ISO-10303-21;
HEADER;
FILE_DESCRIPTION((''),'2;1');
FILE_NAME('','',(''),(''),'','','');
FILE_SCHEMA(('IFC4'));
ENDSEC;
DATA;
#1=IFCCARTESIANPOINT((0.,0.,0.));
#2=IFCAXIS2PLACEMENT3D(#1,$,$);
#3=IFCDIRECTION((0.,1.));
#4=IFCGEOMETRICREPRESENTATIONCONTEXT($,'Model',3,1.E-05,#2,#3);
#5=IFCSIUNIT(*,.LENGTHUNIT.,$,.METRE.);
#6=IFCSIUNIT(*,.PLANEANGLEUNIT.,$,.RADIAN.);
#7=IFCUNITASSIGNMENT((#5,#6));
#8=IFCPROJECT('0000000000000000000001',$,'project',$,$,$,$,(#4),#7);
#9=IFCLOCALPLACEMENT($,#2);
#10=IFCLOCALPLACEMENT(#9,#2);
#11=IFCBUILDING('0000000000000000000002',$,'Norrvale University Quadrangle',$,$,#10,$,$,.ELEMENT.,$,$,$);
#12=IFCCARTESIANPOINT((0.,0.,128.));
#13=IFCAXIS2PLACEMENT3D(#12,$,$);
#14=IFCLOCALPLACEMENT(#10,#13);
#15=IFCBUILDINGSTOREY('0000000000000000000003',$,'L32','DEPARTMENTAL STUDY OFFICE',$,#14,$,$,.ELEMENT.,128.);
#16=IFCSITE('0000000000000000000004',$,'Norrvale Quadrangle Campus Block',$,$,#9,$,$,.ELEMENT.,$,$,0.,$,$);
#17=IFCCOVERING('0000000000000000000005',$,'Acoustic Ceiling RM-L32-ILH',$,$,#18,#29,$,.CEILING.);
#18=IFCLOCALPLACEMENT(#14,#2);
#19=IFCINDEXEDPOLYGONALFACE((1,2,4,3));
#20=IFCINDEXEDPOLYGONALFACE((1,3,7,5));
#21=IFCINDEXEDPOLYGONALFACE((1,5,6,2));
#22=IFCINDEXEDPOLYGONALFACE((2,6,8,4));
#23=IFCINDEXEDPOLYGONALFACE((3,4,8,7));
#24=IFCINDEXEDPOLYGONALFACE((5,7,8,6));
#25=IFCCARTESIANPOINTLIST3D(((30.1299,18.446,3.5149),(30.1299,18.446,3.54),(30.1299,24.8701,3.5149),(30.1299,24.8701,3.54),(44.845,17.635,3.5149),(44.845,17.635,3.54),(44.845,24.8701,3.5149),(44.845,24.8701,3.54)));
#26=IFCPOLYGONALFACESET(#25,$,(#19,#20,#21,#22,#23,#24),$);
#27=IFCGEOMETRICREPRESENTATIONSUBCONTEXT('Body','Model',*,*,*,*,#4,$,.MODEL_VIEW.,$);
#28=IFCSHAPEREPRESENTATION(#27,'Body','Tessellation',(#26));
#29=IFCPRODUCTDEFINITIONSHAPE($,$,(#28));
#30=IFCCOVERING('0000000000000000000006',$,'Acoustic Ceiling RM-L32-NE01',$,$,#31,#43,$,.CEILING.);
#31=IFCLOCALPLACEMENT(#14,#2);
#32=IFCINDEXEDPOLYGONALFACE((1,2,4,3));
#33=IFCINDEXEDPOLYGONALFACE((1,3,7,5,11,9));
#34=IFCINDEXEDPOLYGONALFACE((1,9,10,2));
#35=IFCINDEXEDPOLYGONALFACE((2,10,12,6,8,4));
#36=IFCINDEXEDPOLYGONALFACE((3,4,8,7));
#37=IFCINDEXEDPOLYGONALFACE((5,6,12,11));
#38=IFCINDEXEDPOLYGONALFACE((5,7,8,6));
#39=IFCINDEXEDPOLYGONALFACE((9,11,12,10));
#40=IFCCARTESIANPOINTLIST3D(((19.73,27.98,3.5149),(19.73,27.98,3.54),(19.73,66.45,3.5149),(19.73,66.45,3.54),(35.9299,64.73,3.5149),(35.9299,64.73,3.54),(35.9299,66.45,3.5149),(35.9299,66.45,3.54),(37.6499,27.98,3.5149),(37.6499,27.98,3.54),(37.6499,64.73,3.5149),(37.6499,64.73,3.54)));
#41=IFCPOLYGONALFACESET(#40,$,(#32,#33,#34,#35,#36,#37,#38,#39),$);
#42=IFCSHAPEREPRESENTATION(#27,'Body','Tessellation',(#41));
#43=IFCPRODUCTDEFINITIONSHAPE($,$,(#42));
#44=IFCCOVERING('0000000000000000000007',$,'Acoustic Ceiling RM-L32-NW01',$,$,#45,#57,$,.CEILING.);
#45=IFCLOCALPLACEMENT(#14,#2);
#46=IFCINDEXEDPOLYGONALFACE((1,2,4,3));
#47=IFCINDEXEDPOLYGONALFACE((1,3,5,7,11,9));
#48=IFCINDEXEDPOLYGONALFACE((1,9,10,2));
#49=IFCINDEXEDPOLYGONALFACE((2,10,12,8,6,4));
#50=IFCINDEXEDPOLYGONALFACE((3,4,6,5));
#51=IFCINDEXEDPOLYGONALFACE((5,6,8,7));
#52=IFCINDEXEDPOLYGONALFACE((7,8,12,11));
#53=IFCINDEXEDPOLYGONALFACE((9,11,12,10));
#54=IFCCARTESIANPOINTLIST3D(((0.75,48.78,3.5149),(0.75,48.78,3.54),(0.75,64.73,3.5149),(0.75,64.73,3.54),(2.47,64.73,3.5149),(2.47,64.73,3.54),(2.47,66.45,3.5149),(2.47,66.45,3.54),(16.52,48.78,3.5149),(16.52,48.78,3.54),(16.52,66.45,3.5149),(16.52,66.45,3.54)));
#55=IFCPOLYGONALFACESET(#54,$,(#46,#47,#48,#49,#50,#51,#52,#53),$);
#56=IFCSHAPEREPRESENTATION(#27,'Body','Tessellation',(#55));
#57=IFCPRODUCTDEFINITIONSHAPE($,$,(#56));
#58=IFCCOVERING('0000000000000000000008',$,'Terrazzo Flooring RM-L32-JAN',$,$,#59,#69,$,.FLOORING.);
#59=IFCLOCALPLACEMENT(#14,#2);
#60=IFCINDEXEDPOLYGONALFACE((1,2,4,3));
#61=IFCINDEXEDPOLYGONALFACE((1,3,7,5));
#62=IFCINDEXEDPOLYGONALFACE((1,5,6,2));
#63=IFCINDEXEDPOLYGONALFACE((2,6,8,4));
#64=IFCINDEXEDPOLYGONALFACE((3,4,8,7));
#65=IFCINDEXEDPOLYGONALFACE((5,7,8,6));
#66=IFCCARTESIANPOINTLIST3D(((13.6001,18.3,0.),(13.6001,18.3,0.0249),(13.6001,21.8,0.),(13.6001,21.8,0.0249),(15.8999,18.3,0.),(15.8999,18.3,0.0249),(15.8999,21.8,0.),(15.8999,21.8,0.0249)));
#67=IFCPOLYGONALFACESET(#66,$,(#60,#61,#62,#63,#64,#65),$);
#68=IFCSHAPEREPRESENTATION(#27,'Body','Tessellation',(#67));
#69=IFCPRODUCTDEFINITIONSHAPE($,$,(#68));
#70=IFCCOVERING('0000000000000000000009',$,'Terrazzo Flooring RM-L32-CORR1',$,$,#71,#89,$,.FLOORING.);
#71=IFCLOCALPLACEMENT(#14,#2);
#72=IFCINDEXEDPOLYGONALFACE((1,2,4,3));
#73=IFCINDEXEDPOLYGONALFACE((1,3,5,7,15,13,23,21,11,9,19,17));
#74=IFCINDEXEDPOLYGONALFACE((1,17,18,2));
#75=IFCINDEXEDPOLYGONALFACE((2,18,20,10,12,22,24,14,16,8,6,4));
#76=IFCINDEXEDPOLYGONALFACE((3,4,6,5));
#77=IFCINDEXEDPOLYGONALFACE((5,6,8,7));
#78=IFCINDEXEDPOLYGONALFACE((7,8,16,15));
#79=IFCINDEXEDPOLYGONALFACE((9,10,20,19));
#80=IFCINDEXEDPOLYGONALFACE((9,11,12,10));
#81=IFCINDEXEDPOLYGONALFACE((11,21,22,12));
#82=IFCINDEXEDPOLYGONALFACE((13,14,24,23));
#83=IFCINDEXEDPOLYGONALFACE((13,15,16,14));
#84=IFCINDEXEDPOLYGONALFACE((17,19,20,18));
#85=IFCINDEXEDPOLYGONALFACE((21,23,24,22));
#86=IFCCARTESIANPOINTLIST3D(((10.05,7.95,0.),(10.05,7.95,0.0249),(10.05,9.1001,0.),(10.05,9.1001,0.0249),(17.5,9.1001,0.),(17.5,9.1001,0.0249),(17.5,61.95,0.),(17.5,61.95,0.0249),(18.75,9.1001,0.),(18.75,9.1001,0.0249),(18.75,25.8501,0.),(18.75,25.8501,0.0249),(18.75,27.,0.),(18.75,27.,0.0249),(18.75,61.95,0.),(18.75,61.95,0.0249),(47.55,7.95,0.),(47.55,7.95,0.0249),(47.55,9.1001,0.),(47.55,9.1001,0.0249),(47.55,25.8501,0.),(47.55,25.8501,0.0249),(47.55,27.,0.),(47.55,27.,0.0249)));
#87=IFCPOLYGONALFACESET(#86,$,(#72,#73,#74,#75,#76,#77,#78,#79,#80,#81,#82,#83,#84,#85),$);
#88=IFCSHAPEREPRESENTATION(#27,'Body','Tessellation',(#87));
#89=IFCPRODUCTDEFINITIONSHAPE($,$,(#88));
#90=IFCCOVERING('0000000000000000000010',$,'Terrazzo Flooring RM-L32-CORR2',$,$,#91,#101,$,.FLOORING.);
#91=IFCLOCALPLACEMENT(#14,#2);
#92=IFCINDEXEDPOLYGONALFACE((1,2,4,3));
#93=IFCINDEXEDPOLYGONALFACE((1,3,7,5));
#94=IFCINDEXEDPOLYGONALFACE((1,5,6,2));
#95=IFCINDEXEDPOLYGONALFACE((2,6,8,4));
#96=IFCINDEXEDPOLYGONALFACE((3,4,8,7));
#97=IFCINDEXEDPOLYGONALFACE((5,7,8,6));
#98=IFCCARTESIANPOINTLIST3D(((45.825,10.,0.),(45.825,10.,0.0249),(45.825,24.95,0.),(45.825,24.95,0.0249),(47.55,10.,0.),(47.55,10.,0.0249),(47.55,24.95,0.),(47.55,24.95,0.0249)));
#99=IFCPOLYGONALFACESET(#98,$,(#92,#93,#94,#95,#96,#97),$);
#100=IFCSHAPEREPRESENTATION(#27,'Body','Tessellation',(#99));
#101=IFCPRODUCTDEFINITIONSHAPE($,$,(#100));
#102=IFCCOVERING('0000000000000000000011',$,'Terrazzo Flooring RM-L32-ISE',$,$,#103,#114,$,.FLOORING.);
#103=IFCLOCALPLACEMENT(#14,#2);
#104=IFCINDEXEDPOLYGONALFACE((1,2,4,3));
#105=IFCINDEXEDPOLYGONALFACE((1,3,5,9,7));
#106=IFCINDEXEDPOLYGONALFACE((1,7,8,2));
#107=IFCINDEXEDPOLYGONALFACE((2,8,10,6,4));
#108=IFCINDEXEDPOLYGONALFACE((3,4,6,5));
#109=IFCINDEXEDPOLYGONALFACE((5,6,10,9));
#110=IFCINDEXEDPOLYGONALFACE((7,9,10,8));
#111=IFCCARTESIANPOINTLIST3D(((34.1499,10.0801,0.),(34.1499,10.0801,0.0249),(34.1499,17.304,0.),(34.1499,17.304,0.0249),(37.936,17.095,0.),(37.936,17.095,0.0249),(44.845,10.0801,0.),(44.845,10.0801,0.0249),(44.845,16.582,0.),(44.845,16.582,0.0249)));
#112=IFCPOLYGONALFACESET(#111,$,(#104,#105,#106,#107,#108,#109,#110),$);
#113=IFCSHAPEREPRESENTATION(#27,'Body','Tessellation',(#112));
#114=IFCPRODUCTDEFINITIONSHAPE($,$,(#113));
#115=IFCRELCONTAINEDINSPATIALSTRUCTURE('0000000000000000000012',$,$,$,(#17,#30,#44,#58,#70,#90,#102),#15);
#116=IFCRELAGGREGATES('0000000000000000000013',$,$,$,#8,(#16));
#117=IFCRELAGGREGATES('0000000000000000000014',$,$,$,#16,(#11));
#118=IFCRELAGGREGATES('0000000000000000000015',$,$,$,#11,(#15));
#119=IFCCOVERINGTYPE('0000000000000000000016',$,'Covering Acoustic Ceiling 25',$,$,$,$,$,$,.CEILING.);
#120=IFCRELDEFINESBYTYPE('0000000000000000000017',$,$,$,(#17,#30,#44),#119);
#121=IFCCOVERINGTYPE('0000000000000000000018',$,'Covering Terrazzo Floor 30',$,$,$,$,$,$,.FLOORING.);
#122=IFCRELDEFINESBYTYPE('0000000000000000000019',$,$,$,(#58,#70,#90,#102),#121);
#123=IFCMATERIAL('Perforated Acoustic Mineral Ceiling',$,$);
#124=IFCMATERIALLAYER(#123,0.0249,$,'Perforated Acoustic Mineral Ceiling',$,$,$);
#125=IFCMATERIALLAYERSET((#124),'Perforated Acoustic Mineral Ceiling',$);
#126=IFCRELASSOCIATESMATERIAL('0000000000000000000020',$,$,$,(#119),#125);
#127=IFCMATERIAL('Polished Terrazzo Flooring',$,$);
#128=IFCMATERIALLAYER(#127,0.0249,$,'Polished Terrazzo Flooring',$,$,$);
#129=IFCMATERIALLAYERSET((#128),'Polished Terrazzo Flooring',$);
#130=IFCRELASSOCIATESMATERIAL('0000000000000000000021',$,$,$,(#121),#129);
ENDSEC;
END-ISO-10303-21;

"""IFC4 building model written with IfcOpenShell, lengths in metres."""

from ifc_helpers import new_model, si_unit, direction, frame, origin, place, context, subcontext, project, spatial, polyline, outline, extrude, material, layer, layer_set, type_object, element, save


model = new_model("IFC4")

# Units and contexts
model_context = context("Model", 3, precision=1e-05, world=origin(), true_north=direction((0.0, 1.0)))
body_context = subcontext(model_context, "Body", "Model", "MODEL_VIEW")
ifc_project = project(units=[si_unit("LENGTHUNIT", "METRE"), si_unit("PLANEANGLEUNIT", "RADIAN")], contexts=[model_context])

# Site, building, storey
site_placement = place(None, origin())
site = spatial("IfcSite", under=ifc_project, at=site_placement, Name="Norrvale Quadrangle Campus Block", CompositionType="ELEMENT", RefElevation=0.0)
building_placement = place(site_placement, origin())
building = spatial("IfcBuilding", under=site, at=building_placement, Name="Norrvale University Quadrangle", CompositionType="ELEMENT")
storey_placement = place(building_placement, frame((0.0, 0.0, 128.0)))
storey = spatial("IfcBuildingStorey", under=building, at=storey_placement, Name="L32", Description="DEPARTMENTAL STUDY OFFICE", CompositionType="ELEMENT", Elevation=128.0)

# Coverings
ifc_material_1 = material(Name="Perforated Acoustic Mineral Ceiling")
ifc_layer_1 = layer(ifc_material_1, 0.0249, Name="Perforated Acoustic Mineral Ceiling")
ifc_layer_set_1 = layer_set([ifc_layer_1], Name="Perforated Acoustic Mineral Ceiling")
covering_type_1 = type_object("IfcCoveringType", Name="Covering Acoustic Ceiling 25", PredefinedType="CEILING", material=ifc_layer_set_1)
covering_1_placement = place(storey_placement, frame((0.0, 0.0, 3.5149)))
element("IfcCovering", 1, at=covering_1_placement, inside=storey, type_object=covering_type_1, Name="Acoustic Ceiling RM-L32-ILH", PredefinedType="CEILING", context=body_context, shape_type="SweptSolid", body=[
    extrude(outline(polyline([(30.1299, 18.446), (30.1299, 24.8701), (44.845, 24.8701), (44.845, 17.635), (30.1299, 18.446)])), origin(), (0.0, 0.0, 1.0), 0.0251),
])
covering_2_placement = place(storey_placement, frame((0.0, 0.0, 3.5149)))
element("IfcCovering", 2, at=covering_2_placement, inside=storey, type_object=covering_type_1, Name="Acoustic Ceiling RM-L32-NE01", PredefinedType="CEILING", context=body_context, shape_type="SweptSolid", body=[
    extrude(outline(polyline([(37.6499, 27.98), (19.73, 27.98), (19.73, 66.45), (35.9299, 66.45), (35.9299, 64.73), (37.6499, 64.73), (37.6499, 27.98)])), origin(), (0.0, 0.0, 1.0), 0.0251),
])
covering_3_placement = place(storey_placement, frame((0.0, 0.0, 3.5149)))
element("IfcCovering", 3, at=covering_3_placement, inside=storey, type_object=covering_type_1, Name="Acoustic Ceiling RM-L32-NW01", PredefinedType="CEILING", context=body_context, shape_type="SweptSolid", body=[
    extrude(outline(polyline([(16.52, 66.45), (16.52, 48.78), (0.75, 48.78), (0.75, 64.73), (2.47, 64.73), (2.47, 66.45), (16.52, 66.45)])), origin(), (0.0, 0.0, 1.0), 0.0251),
])
ifc_material_2 = material(Name="Polished Terrazzo Flooring")
ifc_layer_2 = layer(ifc_material_2, 0.0249, Name="Polished Terrazzo Flooring")
ifc_layer_set_2 = layer_set([ifc_layer_2], Name="Polished Terrazzo Flooring")
covering_type_2 = type_object("IfcCoveringType", Name="Covering Terrazzo Floor 30", PredefinedType="FLOORING", material=ifc_layer_set_2)
covering_4_placement = place(storey_placement, origin())
element("IfcCovering", 4, at=covering_4_placement, inside=storey, type_object=covering_type_2, Name="Terrazzo Flooring RM-L32-JAN", PredefinedType="FLOORING", context=body_context, shape_type="SweptSolid", body=[
    extrude(outline(polyline([(13.6001, 18.3), (13.6001, 21.8), (15.8999, 21.8), (15.8999, 18.3), (13.6001, 18.3)])), origin(), (0.0, 0.0, 1.0), 0.0249),
])
covering_5_placement = place(storey_placement, origin())
element("IfcCovering", 5, at=covering_5_placement, inside=storey, type_object=covering_type_2, Name="Terrazzo Flooring RM-L32-CORR1", PredefinedType="FLOORING", context=body_context, shape_type="SweptSolid", body=[
    extrude(outline(polyline([(10.05, 7.95), (10.05, 9.1001), (17.5, 9.1001), (17.5, 61.95), (18.75, 61.95), (18.75, 27.0), (47.55, 27.0), (47.55, 25.8501), (18.75, 25.8501), (18.75, 9.1001), (47.55, 9.1001), (47.55, 7.95), (10.05, 7.95)])), origin(), (0.0, 0.0, 1.0), 0.0249),
])
covering_6_placement = place(storey_placement, origin())
element("IfcCovering", 6, at=covering_6_placement, inside=storey, type_object=covering_type_2, Name="Terrazzo Flooring RM-L32-CORR2", PredefinedType="FLOORING", context=body_context, shape_type="SweptSolid", body=[
    extrude(outline(polyline([(45.825, 10.0), (45.825, 24.95), (47.55, 24.95), (47.55, 10.0), (45.825, 10.0)])), origin(), (0.0, 0.0, 1.0), 0.0249),
])
covering_7_placement = place(storey_placement, origin())
element("IfcCovering", 7, at=covering_7_placement, inside=storey, type_object=covering_type_2, Name="Terrazzo Flooring RM-L32-ISE", PredefinedType="FLOORING", context=body_context, shape_type="SweptSolid", body=[
    extrude(outline(polyline([(44.845, 16.582), (44.845, 10.0801), (34.1499, 10.0801), (34.1499, 17.304), (37.936, 17.095), (44.845, 16.582)])), origin(), (0.0, 0.0, 1.0), 0.0249),
])

save(model, "model.ifc")
